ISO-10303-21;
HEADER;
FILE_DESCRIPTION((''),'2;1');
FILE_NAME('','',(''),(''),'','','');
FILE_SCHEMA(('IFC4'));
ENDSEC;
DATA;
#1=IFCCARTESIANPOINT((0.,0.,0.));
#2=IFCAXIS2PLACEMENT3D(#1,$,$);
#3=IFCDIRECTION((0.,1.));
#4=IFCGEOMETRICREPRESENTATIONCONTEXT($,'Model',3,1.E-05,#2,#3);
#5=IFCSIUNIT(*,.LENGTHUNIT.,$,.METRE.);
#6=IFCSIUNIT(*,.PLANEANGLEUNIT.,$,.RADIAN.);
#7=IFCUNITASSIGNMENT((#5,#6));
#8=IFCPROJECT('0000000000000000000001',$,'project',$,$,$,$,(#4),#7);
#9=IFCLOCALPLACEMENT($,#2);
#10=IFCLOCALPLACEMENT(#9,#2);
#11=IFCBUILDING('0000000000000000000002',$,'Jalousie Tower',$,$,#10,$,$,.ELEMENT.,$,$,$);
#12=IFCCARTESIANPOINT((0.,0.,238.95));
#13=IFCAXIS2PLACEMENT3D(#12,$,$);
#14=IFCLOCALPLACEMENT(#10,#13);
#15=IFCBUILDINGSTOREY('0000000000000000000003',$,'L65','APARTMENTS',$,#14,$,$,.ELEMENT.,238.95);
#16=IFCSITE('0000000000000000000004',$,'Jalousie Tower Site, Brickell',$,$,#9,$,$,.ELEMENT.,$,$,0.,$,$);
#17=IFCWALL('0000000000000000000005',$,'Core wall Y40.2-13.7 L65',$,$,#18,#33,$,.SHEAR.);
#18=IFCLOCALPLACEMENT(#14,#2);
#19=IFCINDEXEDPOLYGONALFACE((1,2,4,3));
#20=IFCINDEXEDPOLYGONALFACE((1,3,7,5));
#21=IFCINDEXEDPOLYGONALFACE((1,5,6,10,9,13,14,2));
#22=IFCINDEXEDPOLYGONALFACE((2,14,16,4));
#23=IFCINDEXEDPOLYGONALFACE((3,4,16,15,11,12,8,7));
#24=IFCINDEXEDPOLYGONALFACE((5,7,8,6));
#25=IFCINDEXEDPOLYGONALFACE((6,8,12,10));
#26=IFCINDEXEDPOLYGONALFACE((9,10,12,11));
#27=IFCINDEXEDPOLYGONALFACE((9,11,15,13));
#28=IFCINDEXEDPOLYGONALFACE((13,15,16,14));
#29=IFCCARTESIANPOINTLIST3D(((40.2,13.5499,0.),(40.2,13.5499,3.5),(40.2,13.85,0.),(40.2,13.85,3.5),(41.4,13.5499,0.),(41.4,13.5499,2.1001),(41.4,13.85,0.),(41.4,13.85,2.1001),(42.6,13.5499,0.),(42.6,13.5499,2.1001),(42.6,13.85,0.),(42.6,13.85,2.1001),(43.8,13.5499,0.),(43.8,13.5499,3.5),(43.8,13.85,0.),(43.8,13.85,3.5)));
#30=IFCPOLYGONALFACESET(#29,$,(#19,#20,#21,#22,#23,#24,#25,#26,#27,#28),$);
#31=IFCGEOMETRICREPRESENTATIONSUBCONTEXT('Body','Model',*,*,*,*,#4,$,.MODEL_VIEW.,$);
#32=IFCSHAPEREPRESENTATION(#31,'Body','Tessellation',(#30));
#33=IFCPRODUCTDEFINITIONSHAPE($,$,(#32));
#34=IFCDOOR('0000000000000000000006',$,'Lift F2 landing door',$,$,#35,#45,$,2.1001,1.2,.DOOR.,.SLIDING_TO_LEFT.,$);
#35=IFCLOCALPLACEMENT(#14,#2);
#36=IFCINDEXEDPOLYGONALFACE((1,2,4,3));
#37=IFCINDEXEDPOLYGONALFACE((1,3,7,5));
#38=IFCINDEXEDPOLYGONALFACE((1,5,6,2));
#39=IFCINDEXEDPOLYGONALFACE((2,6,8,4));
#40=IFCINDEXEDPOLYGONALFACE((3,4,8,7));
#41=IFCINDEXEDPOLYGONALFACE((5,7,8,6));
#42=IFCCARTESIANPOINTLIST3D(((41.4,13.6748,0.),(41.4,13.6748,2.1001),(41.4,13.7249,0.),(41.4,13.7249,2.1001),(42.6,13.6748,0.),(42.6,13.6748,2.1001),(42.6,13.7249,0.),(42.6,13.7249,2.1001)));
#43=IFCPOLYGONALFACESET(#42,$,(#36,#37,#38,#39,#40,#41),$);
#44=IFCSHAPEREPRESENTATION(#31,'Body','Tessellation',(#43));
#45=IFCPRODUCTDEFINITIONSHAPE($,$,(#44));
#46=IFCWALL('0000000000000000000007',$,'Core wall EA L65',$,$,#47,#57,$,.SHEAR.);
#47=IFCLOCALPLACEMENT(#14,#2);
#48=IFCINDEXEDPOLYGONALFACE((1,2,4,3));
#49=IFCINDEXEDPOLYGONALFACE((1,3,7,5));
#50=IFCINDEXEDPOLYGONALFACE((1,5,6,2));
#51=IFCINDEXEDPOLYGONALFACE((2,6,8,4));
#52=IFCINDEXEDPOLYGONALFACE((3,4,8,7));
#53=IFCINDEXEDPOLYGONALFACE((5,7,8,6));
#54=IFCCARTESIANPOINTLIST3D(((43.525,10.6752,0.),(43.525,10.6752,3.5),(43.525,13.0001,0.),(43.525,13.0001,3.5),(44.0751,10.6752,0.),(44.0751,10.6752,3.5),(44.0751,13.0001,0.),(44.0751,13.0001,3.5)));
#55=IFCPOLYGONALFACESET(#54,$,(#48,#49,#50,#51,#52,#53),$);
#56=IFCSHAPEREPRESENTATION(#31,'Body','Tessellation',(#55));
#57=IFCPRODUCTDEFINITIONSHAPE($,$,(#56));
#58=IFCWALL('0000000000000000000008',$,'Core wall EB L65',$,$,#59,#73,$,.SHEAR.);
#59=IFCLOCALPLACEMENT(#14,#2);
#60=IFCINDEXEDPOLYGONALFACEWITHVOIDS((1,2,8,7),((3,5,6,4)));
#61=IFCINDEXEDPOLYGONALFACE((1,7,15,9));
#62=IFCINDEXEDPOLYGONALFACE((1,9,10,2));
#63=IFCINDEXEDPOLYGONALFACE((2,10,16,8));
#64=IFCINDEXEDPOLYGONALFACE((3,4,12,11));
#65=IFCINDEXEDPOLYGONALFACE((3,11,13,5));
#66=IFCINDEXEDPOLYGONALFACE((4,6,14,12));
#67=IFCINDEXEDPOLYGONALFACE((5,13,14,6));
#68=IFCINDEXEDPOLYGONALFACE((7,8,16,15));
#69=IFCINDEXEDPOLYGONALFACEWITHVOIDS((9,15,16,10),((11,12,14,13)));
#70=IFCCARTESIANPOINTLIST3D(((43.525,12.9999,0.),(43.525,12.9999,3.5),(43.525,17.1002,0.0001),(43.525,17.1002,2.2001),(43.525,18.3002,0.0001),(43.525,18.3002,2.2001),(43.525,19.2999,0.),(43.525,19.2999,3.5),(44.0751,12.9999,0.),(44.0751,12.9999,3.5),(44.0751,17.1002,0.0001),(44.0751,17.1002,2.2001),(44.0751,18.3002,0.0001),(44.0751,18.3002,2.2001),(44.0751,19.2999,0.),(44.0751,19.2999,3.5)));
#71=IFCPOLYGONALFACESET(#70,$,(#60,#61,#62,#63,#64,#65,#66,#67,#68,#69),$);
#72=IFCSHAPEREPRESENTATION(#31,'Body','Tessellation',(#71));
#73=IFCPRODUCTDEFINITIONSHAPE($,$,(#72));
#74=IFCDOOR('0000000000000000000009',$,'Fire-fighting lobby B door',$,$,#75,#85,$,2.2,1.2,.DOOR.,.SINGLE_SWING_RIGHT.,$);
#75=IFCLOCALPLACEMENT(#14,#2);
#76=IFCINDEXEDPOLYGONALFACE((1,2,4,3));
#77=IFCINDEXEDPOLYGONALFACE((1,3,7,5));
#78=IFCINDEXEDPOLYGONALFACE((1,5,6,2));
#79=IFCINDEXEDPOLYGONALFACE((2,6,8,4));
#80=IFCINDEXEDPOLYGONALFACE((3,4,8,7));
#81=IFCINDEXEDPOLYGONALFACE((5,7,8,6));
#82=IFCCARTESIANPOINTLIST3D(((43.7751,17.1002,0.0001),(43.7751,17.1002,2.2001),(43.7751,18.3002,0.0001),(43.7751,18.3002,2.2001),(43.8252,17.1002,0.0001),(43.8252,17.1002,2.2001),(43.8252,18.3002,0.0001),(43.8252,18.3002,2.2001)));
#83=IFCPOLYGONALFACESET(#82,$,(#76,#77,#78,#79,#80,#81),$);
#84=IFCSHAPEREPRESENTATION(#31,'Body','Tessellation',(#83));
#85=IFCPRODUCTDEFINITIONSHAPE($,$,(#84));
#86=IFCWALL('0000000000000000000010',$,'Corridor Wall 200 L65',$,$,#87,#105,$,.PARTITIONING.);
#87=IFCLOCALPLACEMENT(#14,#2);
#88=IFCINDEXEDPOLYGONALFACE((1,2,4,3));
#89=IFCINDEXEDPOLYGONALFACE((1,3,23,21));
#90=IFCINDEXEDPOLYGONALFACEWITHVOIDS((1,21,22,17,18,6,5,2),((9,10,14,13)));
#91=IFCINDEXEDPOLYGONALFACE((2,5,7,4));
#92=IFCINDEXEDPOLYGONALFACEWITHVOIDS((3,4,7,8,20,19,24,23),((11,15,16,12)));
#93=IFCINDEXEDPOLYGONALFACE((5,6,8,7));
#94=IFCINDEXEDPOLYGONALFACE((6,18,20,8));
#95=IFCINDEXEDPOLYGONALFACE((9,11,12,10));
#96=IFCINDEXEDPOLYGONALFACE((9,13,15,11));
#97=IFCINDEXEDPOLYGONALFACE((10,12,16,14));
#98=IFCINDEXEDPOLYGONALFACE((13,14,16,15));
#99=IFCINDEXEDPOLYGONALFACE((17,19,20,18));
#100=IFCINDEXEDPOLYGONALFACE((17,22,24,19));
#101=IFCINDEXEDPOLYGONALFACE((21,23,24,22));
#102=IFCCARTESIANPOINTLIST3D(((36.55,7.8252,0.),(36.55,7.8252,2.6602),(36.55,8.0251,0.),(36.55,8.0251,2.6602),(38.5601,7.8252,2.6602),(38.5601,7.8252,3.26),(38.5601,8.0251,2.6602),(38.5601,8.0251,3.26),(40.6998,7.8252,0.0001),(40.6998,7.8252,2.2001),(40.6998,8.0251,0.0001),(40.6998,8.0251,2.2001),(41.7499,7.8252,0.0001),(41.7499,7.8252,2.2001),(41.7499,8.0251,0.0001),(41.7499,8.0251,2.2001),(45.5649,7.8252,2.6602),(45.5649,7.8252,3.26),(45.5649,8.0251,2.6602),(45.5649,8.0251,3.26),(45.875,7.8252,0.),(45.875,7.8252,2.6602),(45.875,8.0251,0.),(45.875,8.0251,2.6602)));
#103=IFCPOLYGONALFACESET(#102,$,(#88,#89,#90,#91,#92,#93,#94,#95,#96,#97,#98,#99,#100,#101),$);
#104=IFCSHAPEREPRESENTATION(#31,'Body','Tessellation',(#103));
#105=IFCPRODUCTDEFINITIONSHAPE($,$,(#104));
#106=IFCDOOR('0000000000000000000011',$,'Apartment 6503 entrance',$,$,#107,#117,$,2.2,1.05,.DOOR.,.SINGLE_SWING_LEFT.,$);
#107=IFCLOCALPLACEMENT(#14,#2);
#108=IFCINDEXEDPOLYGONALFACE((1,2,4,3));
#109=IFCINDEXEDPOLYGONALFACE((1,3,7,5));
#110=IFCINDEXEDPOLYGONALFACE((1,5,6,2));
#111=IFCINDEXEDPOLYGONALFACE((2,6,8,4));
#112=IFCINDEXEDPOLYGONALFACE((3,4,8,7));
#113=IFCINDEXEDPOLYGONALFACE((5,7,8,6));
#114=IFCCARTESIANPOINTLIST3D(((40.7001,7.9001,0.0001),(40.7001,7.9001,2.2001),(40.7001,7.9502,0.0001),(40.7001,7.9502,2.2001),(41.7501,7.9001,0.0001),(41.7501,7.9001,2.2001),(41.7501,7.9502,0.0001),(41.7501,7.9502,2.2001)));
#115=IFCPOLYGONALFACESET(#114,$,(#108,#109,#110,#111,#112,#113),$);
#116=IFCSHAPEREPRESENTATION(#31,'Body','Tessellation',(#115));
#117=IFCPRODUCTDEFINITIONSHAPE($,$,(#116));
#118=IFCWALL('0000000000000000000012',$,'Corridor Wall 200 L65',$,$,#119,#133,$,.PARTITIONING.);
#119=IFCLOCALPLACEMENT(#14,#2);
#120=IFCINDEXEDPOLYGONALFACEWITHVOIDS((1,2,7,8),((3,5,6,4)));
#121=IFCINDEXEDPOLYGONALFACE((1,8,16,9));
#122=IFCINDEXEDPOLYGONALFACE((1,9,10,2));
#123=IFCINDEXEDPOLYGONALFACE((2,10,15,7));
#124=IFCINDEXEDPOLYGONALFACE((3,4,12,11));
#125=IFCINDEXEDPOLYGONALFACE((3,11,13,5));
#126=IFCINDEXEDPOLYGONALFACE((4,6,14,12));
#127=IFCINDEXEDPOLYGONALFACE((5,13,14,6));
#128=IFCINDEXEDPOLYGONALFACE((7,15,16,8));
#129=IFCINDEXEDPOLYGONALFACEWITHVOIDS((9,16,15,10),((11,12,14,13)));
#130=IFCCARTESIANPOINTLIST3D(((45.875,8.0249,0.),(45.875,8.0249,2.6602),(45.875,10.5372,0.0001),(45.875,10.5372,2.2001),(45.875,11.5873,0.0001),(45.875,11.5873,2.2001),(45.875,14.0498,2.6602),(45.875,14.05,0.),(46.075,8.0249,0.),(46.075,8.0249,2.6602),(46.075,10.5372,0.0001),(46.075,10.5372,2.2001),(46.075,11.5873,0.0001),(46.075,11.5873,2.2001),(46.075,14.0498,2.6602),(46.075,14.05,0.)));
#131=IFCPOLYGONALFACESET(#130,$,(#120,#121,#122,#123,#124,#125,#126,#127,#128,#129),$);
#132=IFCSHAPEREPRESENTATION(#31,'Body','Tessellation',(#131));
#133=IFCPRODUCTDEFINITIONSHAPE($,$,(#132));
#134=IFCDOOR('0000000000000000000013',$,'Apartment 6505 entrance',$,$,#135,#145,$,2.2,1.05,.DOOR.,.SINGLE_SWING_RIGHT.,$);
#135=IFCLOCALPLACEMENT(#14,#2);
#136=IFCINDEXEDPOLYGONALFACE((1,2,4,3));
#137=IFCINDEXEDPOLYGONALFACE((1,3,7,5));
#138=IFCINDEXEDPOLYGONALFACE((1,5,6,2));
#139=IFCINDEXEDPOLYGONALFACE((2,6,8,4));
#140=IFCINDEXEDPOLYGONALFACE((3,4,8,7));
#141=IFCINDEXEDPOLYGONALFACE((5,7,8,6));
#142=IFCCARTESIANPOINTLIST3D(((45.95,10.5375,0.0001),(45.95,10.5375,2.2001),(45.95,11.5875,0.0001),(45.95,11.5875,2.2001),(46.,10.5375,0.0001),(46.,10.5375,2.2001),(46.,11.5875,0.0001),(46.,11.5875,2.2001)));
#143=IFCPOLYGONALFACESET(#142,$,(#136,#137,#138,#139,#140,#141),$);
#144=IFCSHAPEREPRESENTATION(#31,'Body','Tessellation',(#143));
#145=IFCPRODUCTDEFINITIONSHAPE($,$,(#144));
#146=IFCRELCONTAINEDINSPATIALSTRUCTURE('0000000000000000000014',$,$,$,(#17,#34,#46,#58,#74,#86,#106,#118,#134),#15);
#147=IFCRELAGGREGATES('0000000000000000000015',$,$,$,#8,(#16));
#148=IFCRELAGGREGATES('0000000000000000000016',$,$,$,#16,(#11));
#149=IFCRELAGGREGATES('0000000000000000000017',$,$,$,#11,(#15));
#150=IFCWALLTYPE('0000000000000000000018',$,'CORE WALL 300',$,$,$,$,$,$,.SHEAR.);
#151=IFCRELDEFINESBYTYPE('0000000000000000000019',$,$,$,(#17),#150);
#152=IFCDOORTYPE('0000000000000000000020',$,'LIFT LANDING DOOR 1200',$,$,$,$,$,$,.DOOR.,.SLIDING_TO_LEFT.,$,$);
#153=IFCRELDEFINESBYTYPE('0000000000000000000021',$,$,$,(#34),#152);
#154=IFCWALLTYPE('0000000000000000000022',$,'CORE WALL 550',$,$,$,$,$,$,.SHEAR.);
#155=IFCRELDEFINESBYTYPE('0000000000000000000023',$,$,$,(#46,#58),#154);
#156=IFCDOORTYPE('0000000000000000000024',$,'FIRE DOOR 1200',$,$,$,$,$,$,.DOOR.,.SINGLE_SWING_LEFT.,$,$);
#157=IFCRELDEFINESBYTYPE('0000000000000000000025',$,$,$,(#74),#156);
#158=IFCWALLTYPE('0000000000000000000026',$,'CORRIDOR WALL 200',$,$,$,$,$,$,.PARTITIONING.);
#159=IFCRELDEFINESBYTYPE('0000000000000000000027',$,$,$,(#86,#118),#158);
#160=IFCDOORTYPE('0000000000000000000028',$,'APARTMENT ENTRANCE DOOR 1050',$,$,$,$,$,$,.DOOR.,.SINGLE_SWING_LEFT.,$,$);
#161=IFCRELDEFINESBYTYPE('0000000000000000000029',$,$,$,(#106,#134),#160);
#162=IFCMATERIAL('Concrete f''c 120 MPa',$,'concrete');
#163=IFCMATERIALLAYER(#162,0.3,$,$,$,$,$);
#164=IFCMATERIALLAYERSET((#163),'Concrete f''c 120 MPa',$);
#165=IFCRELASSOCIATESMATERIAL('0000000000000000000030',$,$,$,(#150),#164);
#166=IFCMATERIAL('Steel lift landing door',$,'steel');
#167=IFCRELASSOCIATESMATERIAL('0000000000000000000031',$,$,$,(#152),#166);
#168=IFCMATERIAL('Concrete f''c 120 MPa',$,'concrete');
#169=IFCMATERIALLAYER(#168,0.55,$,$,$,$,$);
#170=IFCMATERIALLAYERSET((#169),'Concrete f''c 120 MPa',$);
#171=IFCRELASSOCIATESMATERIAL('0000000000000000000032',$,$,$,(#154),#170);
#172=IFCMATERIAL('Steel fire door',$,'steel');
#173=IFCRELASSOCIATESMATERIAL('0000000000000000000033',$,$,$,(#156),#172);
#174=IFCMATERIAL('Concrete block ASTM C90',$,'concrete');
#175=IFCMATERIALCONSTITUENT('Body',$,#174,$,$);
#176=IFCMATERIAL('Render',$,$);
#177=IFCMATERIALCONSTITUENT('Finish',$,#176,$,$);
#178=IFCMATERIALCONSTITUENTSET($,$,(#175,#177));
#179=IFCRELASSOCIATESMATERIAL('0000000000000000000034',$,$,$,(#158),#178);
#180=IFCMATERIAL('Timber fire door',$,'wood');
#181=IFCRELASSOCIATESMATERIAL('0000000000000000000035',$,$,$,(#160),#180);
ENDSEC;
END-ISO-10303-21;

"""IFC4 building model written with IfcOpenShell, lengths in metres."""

from ifc_helpers import new_model, si_unit, direction, frame, frame_2d, origin, place, context, subcontext, project, spatial, polyline, rectangle, outline, extrude, material, layer, layer_set, constituent, constituent_set, type_object, element, fill, save


model = new_model("IFC4")

# Units and contexts
model_context = context("Model", 3, precision=1e-05, world=origin(), true_north=direction((0.0, 1.0)))
body_context = subcontext(model_context, "Body", "Model", "MODEL_VIEW")
ifc_project = project(units=[si_unit("LENGTHUNIT", "METRE"), si_unit("PLANEANGLEUNIT", "RADIAN")], contexts=[model_context])

# Site, building, storey
site_placement = place(None, origin())
site = spatial("IfcSite", under=ifc_project, at=site_placement, Name="Jalousie Tower Site, Brickell", CompositionType="ELEMENT", RefElevation=0.0)
building_placement = place(site_placement, origin())
building = spatial("IfcBuilding", under=site, at=building_placement, Name="Jalousie Tower", CompositionType="ELEMENT")
storey_placement = place(building_placement, frame((0.0, 0.0, 238.95)))
storey = spatial("IfcBuildingStorey", under=building, at=storey_placement, Name="L65", Description="APARTMENTS", CompositionType="ELEMENT", Elevation=238.95)

# Shared definitions
ifc_material_1 = material(Name="Concrete f'c 120 MPa", Category="concrete")
ifc_layer_1 = layer(ifc_material_1, 0.3)
ifc_layer_set_1 = layer_set([ifc_layer_1], Name="Concrete f'c 120 MPa")
wall_type_1 = type_object("IfcWallType", Name="CORE WALL 300", PredefinedType="SHEAR", material=ifc_layer_set_1)

# Wall, opening, door
wall_1_placement = place(storey_placement, frame((40.2, 13.7, 0.0), z_axis=(0.0, 0.0, 1.0), x_axis=(1.0, 0.0, 0.0)))
wall_1 = element("IfcWall", 1, at=wall_1_placement, inside=storey, type_object=wall_type_1, Name="Core wall Y40.2-13.7 L65", PredefinedType="SHEAR", context=body_context, shape_type="SweptSolid", body=[
    extrude(rectangle(XDim=3.6001, YDim=0.3, at=frame_2d((1.8, 0.0))), origin(), (0.0, 0.0, 1.0), 3.5),
])
opening_1_placement = place(wall_1_placement, frame((1.2, 0.0, 0.0)))
opening_1 = element("IfcOpeningElement", 2, at=opening_1_placement, cuts=wall_1, PredefinedType="OPENING", context=body_context, shape_type="SweptSolid", body=[
    extrude(rectangle(XDim=1.2, YDim=2.1001, at=frame_2d((0.6001, 1.05))), frame((0.0, 0.1599, 0.0), z_axis=(0.0, -1.0, 0.0), x_axis=(1.0, 0.0, 0.0)), (0.0, 0.0, 1.0), 0.3201),
])
ifc_material_2 = material(Name="Steel lift landing door", Category="steel")
door_type_1 = type_object("IfcDoorType", Name="LIFT LANDING DOOR 1200", OperationType="SLIDING_TO_LEFT", PredefinedType="DOOR", material=ifc_material_2)
door_1_placement = place(opening_1_placement, origin())
door_1 = element("IfcDoor", 3, at=door_1_placement, inside=storey, type_object=door_type_1, Name="Lift F2 landing door", OperationType="SLIDING_TO_LEFT", OverallHeight=2.1001, OverallWidth=1.2, PredefinedType="DOOR", context=body_context, shape_type="SweptSolid", body=[
    extrude(rectangle(XDim=1.2, YDim=2.1001, at=frame_2d((0.6001, 1.05))), frame((0.0, 0.0249, 0.0), z_axis=(0.0, -1.0, 0.0), x_axis=(1.0, 0.0, 0.0)), (0.0, 0.0, 1.0), 0.05),
])
fill(opening_1, door_1)

# Wall
ifc_material_3 = material(Name="Concrete f'c 120 MPa", Category="concrete")
ifc_layer_2 = layer(ifc_material_3, 0.55)
ifc_layer_set_2 = layer_set([ifc_layer_2], Name="Concrete f'c 120 MPa")
wall_type_2 = type_object("IfcWallType", Name="CORE WALL 550", PredefinedType="SHEAR", material=ifc_layer_set_2)
wall_2_placement = place(storey_placement, frame((43.8, 10.675, 0.0), z_axis=(0.0, 0.0, 1.0), x_axis=(0.0, 1.0, 0.0)))
element("IfcWall", 4, at=wall_2_placement, inside=storey, type_object=wall_type_2, Name="Core wall EA L65", PredefinedType="SHEAR", context=body_context, shape_type="SweptSolid", body=[
    extrude(rectangle(XDim=2.325, YDim=0.55, at=frame_2d((1.1626, 0.0))), origin(), (0.0, 0.0, 1.0), 3.5),
])

# Walls, openings, doors
wall_3_placement = place(storey_placement, frame((43.8, 13.0, 0.0), z_axis=(0.0, 0.0, 1.0), x_axis=(0.0, 1.0, 0.0)))
wall_3 = element("IfcWall", 5, at=wall_3_placement, inside=storey, type_object=wall_type_2, Name="Core wall EB L65", PredefinedType="SHEAR", context=body_context, shape_type="SweptSolid", body=[
    extrude(rectangle(XDim=6.3, YDim=0.55, at=frame_2d((3.1499, 0.0))), origin(), (0.0, 0.0, 1.0), 3.5),
])
opening_2_placement = place(wall_3_placement, frame((4.1001, 0.0, 0.0)))
opening_2 = element("IfcOpeningElement", 6, at=opening_2_placement, cuts=wall_3, PredefinedType="OPENING", context=body_context, shape_type="SweptSolid", body=[
    extrude(rectangle(XDim=1.2, YDim=2.2, at=frame_2d((0.6001, 1.1001))), frame((0.0, 0.2849, 0.0), z_axis=(0.0, -1.0, 0.0), x_axis=(1.0, 0.0, 0.0)), (0.0, 0.0, 1.0), 0.5701),
])
ifc_material_4 = material(Name="Steel fire door", Category="steel")
door_type_2 = type_object("IfcDoorType", Name="FIRE DOOR 1200", OperationType="SINGLE_SWING_LEFT", PredefinedType="DOOR", material=ifc_material_4)
door_2_placement = place(opening_2_placement, origin())
door_2 = element("IfcDoor", 7, at=door_2_placement, inside=storey, type_object=door_type_2, Name="Fire-fighting lobby B door", OperationType="SINGLE_SWING_RIGHT", OverallHeight=2.2, OverallWidth=1.2, PredefinedType="DOOR", context=body_context, shape_type="SweptSolid", body=[
    extrude(rectangle(XDim=1.2, YDim=2.2, at=frame_2d((0.6001, 1.1001))), frame((0.0, 0.0249, 0.0), z_axis=(0.0, -1.0, 0.0), x_axis=(1.0, 0.0, 0.0)), (0.0, 0.0, 1.0), 0.05),
])
fill(opening_2, door_2)
ifc_material_5 = material(Name="Concrete block ASTM C90", Category="concrete")
ifc_constituent_1 = constituent(ifc_material_5, Name="Body")
ifc_material_6 = material(Name="Render")
ifc_constituent_2 = constituent(ifc_material_6, Name="Finish")
ifc_constituent_set_1 = constituent_set(constituents=[ifc_constituent_1, ifc_constituent_2])
wall_type_3 = type_object("IfcWallType", Name="CORRIDOR WALL 200", PredefinedType="PARTITIONING", material=ifc_constituent_set_1)
wall_4_placement = place(storey_placement, frame((36.55, 7.925, 0.0), z_axis=(0.0, 0.0, 1.0), x_axis=(1.0, 0.0, 0.0)))
wall_4 = element("IfcWall", 8, at=wall_4_placement, inside=storey, type_object=wall_type_3, Name="Corridor Wall 200 L65", PredefinedType="PARTITIONING", context=body_context, shape_type="SweptSolid", body=[
    extrude(outline(polyline([(0.0, 0.0), (9.325, 0.0), (9.325, 3.26), (9.325, 2.6602), (9.0149, 2.6602), (9.0149, 3.26), (2.01, 3.26), (2.01, 2.6602), (0.0, 2.6602), (0.0, 3.26), (0.0, 0.0)])), frame((0.0, 0.1001, 0.0), z_axis=(0.0, -1.0, 0.0), x_axis=(1.0, 0.0, 0.0)), (0.0, 0.0, 1.0), 0.2),
])
opening_3_placement = place(wall_4_placement, frame((4.1499, 0.0, 0.0)))
opening_3 = element("IfcOpeningElement", 9, at=opening_3_placement, cuts=wall_4, PredefinedType="OPENING", context=body_context, shape_type="SweptSolid", body=[
    extrude(rectangle(XDim=1.05, YDim=2.2, at=frame_2d((0.5249, 1.1001))), frame((0.0, 0.1099, 0.0), z_axis=(0.0, -1.0, 0.0), x_axis=(1.0, 0.0, 0.0)), (0.0, 0.0, 1.0), 0.22),
])
ifc_material_7 = material(Name="Timber fire door", Category="wood")
door_type_3 = type_object("IfcDoorType", Name="APARTMENT ENTRANCE DOOR 1050", OperationType="SINGLE_SWING_LEFT", PredefinedType="DOOR", material=ifc_material_7)
door_3_placement = place(opening_3_placement, frame((1.05, 0.0, 0.0), z_axis=(0.0, 0.0, 1.0), x_axis=(-1.0, 0.0, 0.0)))
door_3 = element("IfcDoor", 10, at=door_3_placement, inside=storey, type_object=door_type_3, Name="Apartment 6503 entrance", OperationType="SINGLE_SWING_LEFT", OverallHeight=2.2, OverallWidth=1.05, PredefinedType="DOOR", context=body_context, shape_type="SweptSolid", body=[
    extrude(rectangle(XDim=1.05, YDim=2.2, at=frame_2d((0.5249, 1.1001))), frame((0.0, 0.0249, 0.0), z_axis=(0.0, -1.0, 0.0), x_axis=(1.0, 0.0, 0.0)), (0.0, 0.0, 1.0), 0.05),
])
fill(opening_3, door_3)
wall_5_placement = place(storey_placement, frame((45.9751, 8.0249, 0.0), z_axis=(0.0, 0.0, 1.0), x_axis=(0.0, 1.0, 0.0)))
wall_5 = element("IfcWall", 11, at=wall_5_placement, inside=storey, type_object=wall_type_3, Name="Corridor Wall 200 L65", PredefinedType="PARTITIONING", context=body_context, shape_type="SweptSolid", body=[
    extrude(outline(polyline([(0.0, 0.0), (6.0251, 0.0), (6.0249, 3.26), (6.0249, 2.6602), (5.085, 2.6602), (0.0, 2.6602), (0.0, 3.26), (0.0, 0.0)])), frame((0.0, 0.1001, 0.0), z_axis=(0.0, -1.0, 0.0), x_axis=(1.0, 0.0, 0.0)), (0.0, 0.0, 1.0), 0.2),
])
opening_4_placement = place(wall_5_placement, frame((2.5125, 0.0, 0.0)))
opening_4 = element("IfcOpeningElement", 12, at=opening_4_placement, cuts=wall_5, PredefinedType="OPENING", context=body_context, shape_type="SweptSolid", body=[
    extrude(rectangle(XDim=1.05, YDim=2.2, at=frame_2d((0.5249, 1.1001))), frame((0.0, 0.1099, 0.0), z_axis=(0.0, -1.0, 0.0), x_axis=(1.0, 0.0, 0.0)), (0.0, 0.0, 1.0), 0.22),
])
door_4_placement = place(opening_4_placement, frame((1.05, 0.0, 0.0), z_axis=(0.0, 0.0, 1.0), x_axis=(-1.0, 0.0, 0.0)))
door_4 = element("IfcDoor", 13, at=door_4_placement, inside=storey, type_object=door_type_3, Name="Apartment 6505 entrance", OperationType="SINGLE_SWING_RIGHT", OverallHeight=2.2, OverallWidth=1.05, PredefinedType="DOOR", context=body_context, shape_type="SweptSolid", body=[
    extrude(rectangle(XDim=1.05, YDim=2.2, at=frame_2d((0.5249, 1.1001))), frame((0.0, 0.0249, 0.0), z_axis=(0.0, -1.0, 0.0), x_axis=(1.0, 0.0, 0.0)), (0.0, 0.0, 1.0), 0.05),
])
fill(opening_4, door_4)

save(model, "model.ifc")
